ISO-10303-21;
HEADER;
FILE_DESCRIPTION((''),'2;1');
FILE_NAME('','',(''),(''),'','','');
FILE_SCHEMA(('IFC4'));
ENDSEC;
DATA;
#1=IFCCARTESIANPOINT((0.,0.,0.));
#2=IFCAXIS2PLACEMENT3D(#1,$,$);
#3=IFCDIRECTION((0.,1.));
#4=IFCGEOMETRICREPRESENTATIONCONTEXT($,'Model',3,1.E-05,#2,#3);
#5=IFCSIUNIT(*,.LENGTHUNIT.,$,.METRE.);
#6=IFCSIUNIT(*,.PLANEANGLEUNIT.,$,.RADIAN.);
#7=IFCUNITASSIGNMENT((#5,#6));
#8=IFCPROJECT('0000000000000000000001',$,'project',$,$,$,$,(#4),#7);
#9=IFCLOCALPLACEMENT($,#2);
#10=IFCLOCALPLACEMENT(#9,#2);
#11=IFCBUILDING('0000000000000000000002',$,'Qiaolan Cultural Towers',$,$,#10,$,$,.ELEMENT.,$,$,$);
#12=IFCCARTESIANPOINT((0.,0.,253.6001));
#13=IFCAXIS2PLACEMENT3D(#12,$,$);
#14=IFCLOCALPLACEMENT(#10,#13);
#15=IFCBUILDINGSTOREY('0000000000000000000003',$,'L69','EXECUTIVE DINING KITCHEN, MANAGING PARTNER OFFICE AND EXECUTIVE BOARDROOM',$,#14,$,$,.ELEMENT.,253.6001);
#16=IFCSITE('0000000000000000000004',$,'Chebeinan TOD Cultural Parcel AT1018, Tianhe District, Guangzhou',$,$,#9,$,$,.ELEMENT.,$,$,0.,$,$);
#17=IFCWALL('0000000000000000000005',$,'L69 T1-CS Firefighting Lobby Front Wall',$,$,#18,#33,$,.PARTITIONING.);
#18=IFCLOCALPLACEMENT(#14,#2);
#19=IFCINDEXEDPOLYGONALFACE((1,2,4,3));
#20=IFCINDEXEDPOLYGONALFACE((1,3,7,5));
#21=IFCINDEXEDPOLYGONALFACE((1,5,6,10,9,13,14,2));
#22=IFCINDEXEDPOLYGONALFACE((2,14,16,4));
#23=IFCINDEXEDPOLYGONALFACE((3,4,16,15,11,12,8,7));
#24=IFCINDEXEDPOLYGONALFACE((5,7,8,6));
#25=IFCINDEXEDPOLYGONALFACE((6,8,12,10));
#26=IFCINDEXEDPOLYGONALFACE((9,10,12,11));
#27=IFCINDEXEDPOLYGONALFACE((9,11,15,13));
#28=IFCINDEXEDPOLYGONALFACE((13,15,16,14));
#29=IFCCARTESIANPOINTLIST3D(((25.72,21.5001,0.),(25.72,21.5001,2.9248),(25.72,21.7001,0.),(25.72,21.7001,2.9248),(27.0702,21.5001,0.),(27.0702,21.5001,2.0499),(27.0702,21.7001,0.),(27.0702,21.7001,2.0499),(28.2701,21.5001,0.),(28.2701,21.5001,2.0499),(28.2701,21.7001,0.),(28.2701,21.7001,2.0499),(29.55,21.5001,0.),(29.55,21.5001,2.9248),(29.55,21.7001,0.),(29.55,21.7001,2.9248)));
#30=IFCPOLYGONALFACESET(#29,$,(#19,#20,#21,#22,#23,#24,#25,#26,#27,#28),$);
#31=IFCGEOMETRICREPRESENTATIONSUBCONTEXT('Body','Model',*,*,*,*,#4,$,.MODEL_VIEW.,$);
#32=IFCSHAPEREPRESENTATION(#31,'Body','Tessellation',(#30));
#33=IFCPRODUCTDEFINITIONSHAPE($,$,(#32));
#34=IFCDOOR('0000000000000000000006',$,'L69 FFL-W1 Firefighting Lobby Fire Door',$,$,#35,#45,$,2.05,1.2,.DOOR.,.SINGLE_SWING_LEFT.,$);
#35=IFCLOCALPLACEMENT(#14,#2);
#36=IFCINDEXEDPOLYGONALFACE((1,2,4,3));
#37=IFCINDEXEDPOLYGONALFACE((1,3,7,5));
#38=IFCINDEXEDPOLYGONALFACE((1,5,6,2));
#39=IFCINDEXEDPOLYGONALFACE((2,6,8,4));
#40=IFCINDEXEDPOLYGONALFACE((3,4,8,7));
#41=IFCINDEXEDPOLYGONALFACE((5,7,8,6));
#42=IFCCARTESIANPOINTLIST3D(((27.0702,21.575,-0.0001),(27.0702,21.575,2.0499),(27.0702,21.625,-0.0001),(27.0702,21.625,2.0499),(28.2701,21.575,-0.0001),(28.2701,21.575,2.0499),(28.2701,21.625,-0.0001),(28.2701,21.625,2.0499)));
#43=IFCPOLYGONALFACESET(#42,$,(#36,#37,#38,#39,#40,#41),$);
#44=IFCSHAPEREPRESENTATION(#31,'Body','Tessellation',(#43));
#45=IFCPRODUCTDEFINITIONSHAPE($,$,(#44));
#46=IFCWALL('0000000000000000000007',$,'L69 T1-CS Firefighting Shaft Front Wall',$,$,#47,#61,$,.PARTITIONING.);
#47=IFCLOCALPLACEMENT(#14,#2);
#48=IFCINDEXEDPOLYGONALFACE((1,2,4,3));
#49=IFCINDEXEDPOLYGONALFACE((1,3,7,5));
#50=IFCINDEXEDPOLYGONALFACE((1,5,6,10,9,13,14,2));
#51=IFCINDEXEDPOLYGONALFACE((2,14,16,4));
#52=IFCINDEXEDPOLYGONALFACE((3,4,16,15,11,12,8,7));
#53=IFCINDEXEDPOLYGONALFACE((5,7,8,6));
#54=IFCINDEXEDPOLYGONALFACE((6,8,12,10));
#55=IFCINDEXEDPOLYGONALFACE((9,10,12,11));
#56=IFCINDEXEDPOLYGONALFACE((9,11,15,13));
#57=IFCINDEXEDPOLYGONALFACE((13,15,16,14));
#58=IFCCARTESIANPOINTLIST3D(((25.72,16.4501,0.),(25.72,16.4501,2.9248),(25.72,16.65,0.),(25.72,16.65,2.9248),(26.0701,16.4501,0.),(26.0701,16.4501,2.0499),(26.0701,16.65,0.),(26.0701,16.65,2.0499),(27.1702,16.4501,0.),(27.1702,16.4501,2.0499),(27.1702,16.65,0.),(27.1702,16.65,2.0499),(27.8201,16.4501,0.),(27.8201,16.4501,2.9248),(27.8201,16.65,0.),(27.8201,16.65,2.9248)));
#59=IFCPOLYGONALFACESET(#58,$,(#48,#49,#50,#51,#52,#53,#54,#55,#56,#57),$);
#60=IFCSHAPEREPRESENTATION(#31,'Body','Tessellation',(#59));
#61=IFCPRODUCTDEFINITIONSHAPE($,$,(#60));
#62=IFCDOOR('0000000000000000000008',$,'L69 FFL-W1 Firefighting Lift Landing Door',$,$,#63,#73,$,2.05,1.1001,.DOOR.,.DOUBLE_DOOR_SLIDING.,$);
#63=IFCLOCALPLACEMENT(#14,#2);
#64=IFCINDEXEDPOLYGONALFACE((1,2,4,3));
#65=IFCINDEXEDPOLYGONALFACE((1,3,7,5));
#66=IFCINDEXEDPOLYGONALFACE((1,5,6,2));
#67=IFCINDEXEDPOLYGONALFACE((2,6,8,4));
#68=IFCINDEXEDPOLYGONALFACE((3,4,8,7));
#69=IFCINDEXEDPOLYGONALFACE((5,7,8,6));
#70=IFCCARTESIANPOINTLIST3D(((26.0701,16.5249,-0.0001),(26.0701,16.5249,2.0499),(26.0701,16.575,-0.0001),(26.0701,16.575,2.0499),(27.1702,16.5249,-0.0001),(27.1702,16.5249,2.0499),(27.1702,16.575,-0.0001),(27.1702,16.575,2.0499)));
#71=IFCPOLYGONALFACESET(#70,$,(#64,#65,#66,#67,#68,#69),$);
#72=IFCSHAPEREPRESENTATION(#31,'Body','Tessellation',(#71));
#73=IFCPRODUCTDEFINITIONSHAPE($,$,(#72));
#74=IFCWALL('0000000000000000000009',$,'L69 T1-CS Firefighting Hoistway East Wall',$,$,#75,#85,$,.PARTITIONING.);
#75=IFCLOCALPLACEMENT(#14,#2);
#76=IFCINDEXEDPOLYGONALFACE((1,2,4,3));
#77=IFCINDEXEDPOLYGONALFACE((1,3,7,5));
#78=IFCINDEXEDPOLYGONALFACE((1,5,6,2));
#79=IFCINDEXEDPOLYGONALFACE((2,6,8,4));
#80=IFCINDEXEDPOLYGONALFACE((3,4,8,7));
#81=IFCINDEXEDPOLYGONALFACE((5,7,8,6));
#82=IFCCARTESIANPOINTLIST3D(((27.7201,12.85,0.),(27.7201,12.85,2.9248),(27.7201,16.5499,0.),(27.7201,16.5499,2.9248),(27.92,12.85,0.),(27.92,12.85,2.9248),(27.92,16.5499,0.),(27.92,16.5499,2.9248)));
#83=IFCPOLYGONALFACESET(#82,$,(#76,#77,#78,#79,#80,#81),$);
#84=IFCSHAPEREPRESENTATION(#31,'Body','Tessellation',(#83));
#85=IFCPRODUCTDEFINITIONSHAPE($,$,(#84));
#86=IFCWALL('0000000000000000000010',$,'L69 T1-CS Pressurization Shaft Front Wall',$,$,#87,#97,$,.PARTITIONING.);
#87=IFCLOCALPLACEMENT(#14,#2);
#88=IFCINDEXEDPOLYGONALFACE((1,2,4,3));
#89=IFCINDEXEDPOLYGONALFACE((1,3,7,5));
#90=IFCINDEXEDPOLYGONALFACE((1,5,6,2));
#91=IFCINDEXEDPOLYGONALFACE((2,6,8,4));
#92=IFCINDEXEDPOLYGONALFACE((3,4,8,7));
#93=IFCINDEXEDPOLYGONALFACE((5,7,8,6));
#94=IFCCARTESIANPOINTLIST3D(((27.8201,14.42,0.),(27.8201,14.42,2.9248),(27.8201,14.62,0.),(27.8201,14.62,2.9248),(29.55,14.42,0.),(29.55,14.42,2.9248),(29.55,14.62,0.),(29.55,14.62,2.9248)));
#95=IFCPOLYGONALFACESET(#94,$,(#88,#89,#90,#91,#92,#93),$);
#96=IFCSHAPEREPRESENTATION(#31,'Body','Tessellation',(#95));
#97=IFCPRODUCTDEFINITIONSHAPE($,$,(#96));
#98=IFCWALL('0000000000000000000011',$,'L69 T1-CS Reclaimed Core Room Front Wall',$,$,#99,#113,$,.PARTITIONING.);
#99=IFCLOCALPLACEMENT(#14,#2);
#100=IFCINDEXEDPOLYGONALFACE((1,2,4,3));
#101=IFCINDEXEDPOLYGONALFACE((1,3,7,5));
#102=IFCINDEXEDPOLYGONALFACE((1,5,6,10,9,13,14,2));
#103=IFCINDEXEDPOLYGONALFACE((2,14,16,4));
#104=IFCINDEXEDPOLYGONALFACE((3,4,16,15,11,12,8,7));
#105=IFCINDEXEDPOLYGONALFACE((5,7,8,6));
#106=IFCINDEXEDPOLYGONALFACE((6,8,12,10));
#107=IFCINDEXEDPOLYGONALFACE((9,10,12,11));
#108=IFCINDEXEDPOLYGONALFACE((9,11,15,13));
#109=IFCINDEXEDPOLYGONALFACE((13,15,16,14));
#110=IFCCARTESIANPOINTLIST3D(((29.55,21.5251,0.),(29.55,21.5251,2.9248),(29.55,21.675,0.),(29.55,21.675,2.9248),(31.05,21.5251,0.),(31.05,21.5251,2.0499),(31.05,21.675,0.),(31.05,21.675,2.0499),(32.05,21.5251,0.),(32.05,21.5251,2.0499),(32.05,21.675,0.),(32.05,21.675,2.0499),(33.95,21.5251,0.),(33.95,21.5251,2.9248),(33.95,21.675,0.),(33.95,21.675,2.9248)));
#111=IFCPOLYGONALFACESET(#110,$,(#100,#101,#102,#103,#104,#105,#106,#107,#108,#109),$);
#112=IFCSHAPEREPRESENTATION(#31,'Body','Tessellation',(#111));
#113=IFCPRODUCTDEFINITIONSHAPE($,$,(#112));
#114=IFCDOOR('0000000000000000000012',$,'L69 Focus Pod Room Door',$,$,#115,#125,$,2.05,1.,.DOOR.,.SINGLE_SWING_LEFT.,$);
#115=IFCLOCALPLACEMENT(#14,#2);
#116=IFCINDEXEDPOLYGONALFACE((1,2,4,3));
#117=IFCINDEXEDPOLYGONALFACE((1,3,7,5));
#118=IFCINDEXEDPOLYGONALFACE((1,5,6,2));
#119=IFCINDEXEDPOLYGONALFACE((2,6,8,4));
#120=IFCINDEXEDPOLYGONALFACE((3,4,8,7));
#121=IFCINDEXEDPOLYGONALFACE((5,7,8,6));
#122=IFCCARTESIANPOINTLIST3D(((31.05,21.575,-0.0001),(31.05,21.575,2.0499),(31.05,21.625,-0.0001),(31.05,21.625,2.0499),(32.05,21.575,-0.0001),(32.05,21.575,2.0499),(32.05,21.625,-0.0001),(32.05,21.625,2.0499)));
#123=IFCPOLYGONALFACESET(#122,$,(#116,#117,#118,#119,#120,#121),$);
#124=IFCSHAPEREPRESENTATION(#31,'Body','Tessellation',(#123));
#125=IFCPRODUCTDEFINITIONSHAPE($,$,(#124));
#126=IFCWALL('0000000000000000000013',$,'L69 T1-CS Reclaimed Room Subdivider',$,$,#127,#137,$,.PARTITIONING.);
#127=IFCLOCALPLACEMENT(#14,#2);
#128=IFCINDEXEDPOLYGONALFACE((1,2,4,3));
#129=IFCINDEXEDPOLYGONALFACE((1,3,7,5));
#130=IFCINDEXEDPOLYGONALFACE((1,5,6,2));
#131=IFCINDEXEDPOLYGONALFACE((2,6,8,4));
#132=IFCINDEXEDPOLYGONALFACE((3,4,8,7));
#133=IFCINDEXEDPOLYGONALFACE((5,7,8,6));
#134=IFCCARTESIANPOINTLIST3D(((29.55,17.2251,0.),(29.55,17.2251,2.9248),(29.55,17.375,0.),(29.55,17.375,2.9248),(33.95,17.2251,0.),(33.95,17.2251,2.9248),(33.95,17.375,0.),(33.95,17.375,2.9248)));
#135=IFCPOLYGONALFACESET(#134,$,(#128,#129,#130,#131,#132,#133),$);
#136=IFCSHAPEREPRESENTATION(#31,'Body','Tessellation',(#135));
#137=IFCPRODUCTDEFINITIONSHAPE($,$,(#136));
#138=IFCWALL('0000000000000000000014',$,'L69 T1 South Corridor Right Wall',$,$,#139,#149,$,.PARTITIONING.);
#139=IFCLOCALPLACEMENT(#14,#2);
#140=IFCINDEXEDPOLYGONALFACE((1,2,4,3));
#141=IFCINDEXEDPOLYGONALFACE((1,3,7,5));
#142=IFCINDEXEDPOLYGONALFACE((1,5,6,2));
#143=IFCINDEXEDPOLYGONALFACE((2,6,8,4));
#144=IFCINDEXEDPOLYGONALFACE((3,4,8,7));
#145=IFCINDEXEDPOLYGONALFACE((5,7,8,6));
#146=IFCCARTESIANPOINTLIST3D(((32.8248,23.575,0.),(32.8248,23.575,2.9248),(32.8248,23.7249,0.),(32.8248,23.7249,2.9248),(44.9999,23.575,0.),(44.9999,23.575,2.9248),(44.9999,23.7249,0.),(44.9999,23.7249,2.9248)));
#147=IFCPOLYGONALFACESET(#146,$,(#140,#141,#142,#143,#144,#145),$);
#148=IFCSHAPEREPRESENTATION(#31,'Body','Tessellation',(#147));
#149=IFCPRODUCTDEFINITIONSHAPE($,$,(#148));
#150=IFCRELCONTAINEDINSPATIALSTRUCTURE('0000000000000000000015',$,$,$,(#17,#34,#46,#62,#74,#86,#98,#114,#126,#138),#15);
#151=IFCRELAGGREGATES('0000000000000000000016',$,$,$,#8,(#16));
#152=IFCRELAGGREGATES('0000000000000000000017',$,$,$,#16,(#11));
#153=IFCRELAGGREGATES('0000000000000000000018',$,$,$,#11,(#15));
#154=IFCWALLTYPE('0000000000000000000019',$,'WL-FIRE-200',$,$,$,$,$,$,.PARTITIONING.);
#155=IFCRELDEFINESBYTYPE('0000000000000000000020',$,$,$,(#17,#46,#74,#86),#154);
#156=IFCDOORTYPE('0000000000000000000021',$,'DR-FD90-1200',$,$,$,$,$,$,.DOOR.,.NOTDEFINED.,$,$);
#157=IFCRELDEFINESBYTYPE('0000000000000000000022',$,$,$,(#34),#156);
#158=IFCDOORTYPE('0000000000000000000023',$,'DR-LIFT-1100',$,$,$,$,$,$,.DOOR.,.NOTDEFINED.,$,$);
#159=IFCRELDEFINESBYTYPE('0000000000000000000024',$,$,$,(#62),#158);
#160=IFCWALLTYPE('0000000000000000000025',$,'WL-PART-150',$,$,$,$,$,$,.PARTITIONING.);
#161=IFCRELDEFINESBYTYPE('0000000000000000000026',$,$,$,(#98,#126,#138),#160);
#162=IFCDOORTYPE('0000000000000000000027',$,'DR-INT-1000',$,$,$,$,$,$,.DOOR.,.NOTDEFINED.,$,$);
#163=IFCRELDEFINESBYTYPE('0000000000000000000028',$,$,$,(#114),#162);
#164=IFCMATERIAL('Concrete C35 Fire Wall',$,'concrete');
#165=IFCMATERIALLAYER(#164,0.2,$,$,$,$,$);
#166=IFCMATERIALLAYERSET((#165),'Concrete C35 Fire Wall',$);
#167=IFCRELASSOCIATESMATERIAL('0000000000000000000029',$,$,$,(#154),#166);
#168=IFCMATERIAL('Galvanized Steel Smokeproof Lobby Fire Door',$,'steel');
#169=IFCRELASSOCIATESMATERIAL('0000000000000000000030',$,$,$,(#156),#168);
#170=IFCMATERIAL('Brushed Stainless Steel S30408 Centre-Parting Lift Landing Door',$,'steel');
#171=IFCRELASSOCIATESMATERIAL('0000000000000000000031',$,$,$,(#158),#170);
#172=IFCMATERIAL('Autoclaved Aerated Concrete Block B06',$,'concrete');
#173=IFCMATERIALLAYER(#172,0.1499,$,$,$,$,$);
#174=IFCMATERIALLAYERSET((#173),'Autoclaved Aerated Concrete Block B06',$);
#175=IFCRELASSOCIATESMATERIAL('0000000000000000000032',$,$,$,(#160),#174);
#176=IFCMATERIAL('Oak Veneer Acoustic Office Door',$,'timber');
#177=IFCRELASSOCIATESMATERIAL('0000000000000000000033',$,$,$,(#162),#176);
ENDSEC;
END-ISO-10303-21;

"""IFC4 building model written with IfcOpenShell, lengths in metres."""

from ifc_helpers import new_model, si_unit, direction, frame, frame_2d, origin, place, context, subcontext, project, spatial, rectangle, extrude, material, layer, layer_set, type_object, element, fill, save


model = new_model("IFC4")

# Units and contexts
model_context = context("Model", 3, precision=1e-05, world=origin(), true_north=direction((0.0, 1.0)))
body_context = subcontext(model_context, "Body", "Model", "MODEL_VIEW")
ifc_project = project(units=[si_unit("LENGTHUNIT", "METRE"), si_unit("PLANEANGLEUNIT", "RADIAN")], contexts=[model_context])

# Site, building, storey
site_placement = place(None, origin())
site = spatial("IfcSite", under=ifc_project, at=site_placement, Name="Chebeinan TOD Cultural Parcel AT1018, Tianhe District, Guangzhou", CompositionType="ELEMENT", RefElevation=0.0)
building_placement = place(site_placement, origin())
building = spatial("IfcBuilding", under=site, at=building_placement, Name="Qiaolan Cultural Towers", CompositionType="ELEMENT")
storey_placement = place(building_placement, frame((0.0, 0.0, 253.6001)))
storey = spatial("IfcBuildingStorey", under=building, at=storey_placement, Name="L69", Description="EXECUTIVE DINING KITCHEN, MANAGING PARTNER OFFICE AND EXECUTIVE BOARDROOM", CompositionType="ELEMENT", Elevation=253.6001)

# Shared definitions
ifc_material_1 = material(Name="Concrete C35 Fire Wall", Category="concrete")
ifc_layer_1 = layer(ifc_material_1, 0.2)
ifc_layer_set_1 = layer_set([ifc_layer_1], Name="Concrete C35 Fire Wall")
wall_type_1 = type_object("IfcWallType", Name="WL-FIRE-200", PredefinedType="PARTITIONING", material=ifc_layer_set_1)

# Walls, openings, doors
wall_1_placement = place(storey_placement, frame((25.72, 21.6001, 0.0), z_axis=(0.0, 0.0, 1.0), x_axis=(1.0, 0.0, 0.0)))
wall_1 = element("IfcWall", 1, at=wall_1_placement, inside=storey, type_object=wall_type_1, Name="L69 T1-CS Firefighting Lobby Front Wall", PredefinedType="PARTITIONING", context=body_context, shape_type="SweptSolid", body=[
    extrude(rectangle(XDim=3.8301, YDim=0.2, at=frame_2d((1.915, 0.0))), origin(), (0.0, 0.0, 1.0), 2.9248),
])
opening_1_placement = place(wall_1_placement, frame((1.3501, 0.0, 0.0)))
opening_1 = element("IfcOpeningElement", 2, at=opening_1_placement, cuts=wall_1, PredefinedType="OPENING", context=body_context, shape_type="SweptSolid", body=[
    extrude(rectangle(XDim=1.2, YDim=2.05, at=frame_2d((0.6001, 1.0249))), frame((0.0, 0.1099, 0.0), z_axis=(0.0, -1.0, 0.0), x_axis=(1.0, 0.0, 0.0)), (0.0, 0.0, 1.0), 0.22),
])
ifc_material_2 = material(Name="Galvanized Steel Smokeproof Lobby Fire Door", Category="steel")
door_type_1 = type_object("IfcDoorType", Name="DR-FD90-1200", OperationType="NOTDEFINED", PredefinedType="DOOR", material=ifc_material_2)
door_1_placement = place(opening_1_placement, origin())
door_1 = element("IfcDoor", 3, at=door_1_placement, inside=storey, type_object=door_type_1, Name="L69 FFL-W1 Firefighting Lobby Fire Door", OperationType="SINGLE_SWING_LEFT", OverallHeight=2.05, OverallWidth=1.2, PredefinedType="DOOR", context=body_context, shape_type="SweptSolid", body=[
    extrude(rectangle(XDim=1.2, YDim=2.05, at=frame_2d((0.6001, 1.0249))), frame((0.0, 0.0249, 0.0), z_axis=(0.0, -1.0, 0.0), x_axis=(1.0, 0.0, 0.0)), (0.0, 0.0, 1.0), 0.05),
])
fill(opening_1, door_1)
wall_2_placement = place(storey_placement, frame((25.72, 16.55, 0.0), z_axis=(0.0, 0.0, 1.0), x_axis=(1.0, 0.0, 0.0)))
wall_2 = element("IfcWall", 4, at=wall_2_placement, inside=storey, type_object=wall_type_1, Name="L69 T1-CS Firefighting Shaft Front Wall", PredefinedType="PARTITIONING", context=body_context, shape_type="SweptSolid", body=[
    extrude(rectangle(XDim=2.1001, YDim=0.2, at=frame_2d((1.05, 0.0))), origin(), (0.0, 0.0, 1.0), 2.9248),
])
opening_2_placement = place(wall_2_placement, frame((0.3501, 0.0, 0.0)))
opening_2 = element("IfcOpeningElement", 5, at=opening_2_placement, cuts=wall_2, PredefinedType="OPENING", context=body_context, shape_type="SweptSolid", body=[
    extrude(rectangle(XDim=1.1001, YDim=2.05, at=frame_2d((0.55, 1.0249))), frame((0.0, 0.1099, 0.0), z_axis=(0.0, -1.0, 0.0), x_axis=(1.0, 0.0, 0.0)), (0.0, 0.0, 1.0), 0.22),
])
ifc_material_3 = material(Name="Brushed Stainless Steel S30408 Centre-Parting Lift Landing Door", Category="steel")
door_type_2 = type_object("IfcDoorType", Name="DR-LIFT-1100", OperationType="NOTDEFINED", PredefinedType="DOOR", material=ifc_material_3)
door_2_placement = place(opening_2_placement, origin())
door_2 = element("IfcDoor", 6, at=door_2_placement, inside=storey, type_object=door_type_2, Name="L69 FFL-W1 Firefighting Lift Landing Door", OperationType="DOUBLE_DOOR_SLIDING", OverallHeight=2.05, OverallWidth=1.1001, PredefinedType="DOOR", context=body_context, shape_type="SweptSolid", body=[
    extrude(rectangle(XDim=1.1001, YDim=2.05, at=frame_2d((0.55, 1.0249))), frame((0.0, 0.0249, 0.0), z_axis=(0.0, -1.0, 0.0), x_axis=(1.0, 0.0, 0.0)), (0.0, 0.0, 1.0), 0.05),
])
fill(opening_2, door_2)

# Walls
wall_3_placement = place(storey_placement, frame((27.8201, 16.55, 0.0), z_axis=(0.0, 0.0, 1.0), x_axis=(0.0, -1.0, 0.0)))
element("IfcWall", 7, at=wall_3_placement, inside=storey, type_object=wall_type_1, Name="L69 T1-CS Firefighting Hoistway East Wall", PredefinedType="PARTITIONING", context=body_context, shape_type="SweptSolid", body=[
    extrude(rectangle(XDim=3.7, YDim=0.2, at=frame_2d((1.8501, 0.0))), origin(), (0.0, 0.0, 1.0), 2.9248),
])
wall_4_placement = place(storey_placement, frame((27.8201, 14.52, 0.0), z_axis=(0.0, 0.0, 1.0), x_axis=(1.0, 0.0, 0.0)))
element("IfcWall", 8, at=wall_4_placement, inside=storey, type_object=wall_type_1, Name="L69 T1-CS Pressurization Shaft Front Wall", PredefinedType="PARTITIONING", context=body_context, shape_type="SweptSolid", body=[
    extrude(rectangle(XDim=1.73, YDim=0.2, at=frame_2d((0.865, 0.0))), origin(), (0.0, 0.0, 1.0), 2.9248),
])

# Wall, opening, door
ifc_material_4 = material(Name="Autoclaved Aerated Concrete Block B06", Category="concrete")
ifc_layer_2 = layer(ifc_material_4, 0.1499)
ifc_layer_set_2 = layer_set([ifc_layer_2], Name="Autoclaved Aerated Concrete Block B06")
wall_type_2 = type_object("IfcWallType", Name="WL-PART-150", PredefinedType="PARTITIONING", material=ifc_layer_set_2)
wall_5_placement = place(storey_placement, frame((29.55, 21.6001, 0.0), z_axis=(0.0, 0.0, 1.0), x_axis=(1.0, 0.0, 0.0)))
wall_5 = element("IfcWall", 9, at=wall_5_placement, inside=storey, type_object=wall_type_2, Name="L69 T1-CS Reclaimed Core Room Front Wall", PredefinedType="PARTITIONING", context=body_context, shape_type="SweptSolid", body=[
    extrude(rectangle(XDim=4.3999, YDim=0.1499, at=frame_2d((2.2, 0.0))), origin(), (0.0, 0.0, 1.0), 2.9248),
])
opening_3_placement = place(wall_5_placement, frame((1.5, 0.0, 0.0)))
opening_3 = element("IfcOpeningElement", 10, at=opening_3_placement, cuts=wall_5, PredefinedType="OPENING", context=body_context, shape_type="SweptSolid", body=[
    extrude(rectangle(XDim=1.0, YDim=2.05, at=frame_2d((0.5, 1.0249))), frame((0.0, 0.085, 0.0), z_axis=(0.0, -1.0, 0.0), x_axis=(1.0, 0.0, 0.0)), (0.0, 0.0, 1.0), 0.1699),
])
ifc_material_5 = material(Name="Oak Veneer Acoustic Office Door", Category="timber")
door_type_3 = type_object("IfcDoorType", Name="DR-INT-1000", OperationType="NOTDEFINED", PredefinedType="DOOR", material=ifc_material_5)
door_3_placement = place(opening_3_placement, origin())
door_3 = element("IfcDoor", 11, at=door_3_placement, inside=storey, type_object=door_type_3, Name="L69 Focus Pod Room Door", OperationType="SINGLE_SWING_LEFT", OverallHeight=2.05, OverallWidth=1.0, PredefinedType="DOOR", context=body_context, shape_type="SweptSolid", body=[
    extrude(rectangle(XDim=1.0, YDim=2.05, at=frame_2d((0.5, 1.0249))), frame((0.0, 0.0249, 0.0), z_axis=(0.0, -1.0, 0.0), x_axis=(1.0, 0.0, 0.0)), (0.0, 0.0, 1.0), 0.05),
])
fill(opening_3, door_3)

# Walls
wall_6_placement = place(storey_placement, frame((29.55, 17.3, 0.0), z_axis=(0.0, 0.0, 1.0), x_axis=(1.0, 0.0, 0.0)))
element("IfcWall", 12, at=wall_6_placement, inside=storey, type_object=wall_type_2, Name="L69 T1-CS Reclaimed Room Subdivider", PredefinedType="PARTITIONING", context=body_context, shape_type="SweptSolid", body=[
    extrude(rectangle(XDim=4.3999, YDim=0.1499, at=frame_2d((2.2, 0.0))), origin(), (0.0, 0.0, 1.0), 2.9248),
])
wall_7_placement = place(storey_placement, frame((32.825, 23.6499, 0.0), z_axis=(0.0, 0.0, 1.0), x_axis=(1.0, 0.0, 0.0)))
element("IfcWall", 13, at=wall_7_placement, inside=storey, type_object=wall_type_2, Name="L69 T1 South Corridor Right Wall", PredefinedType="PARTITIONING", context=body_context, shape_type="SweptSolid", body=[
    extrude(rectangle(XDim=12.175, YDim=0.1499, at=frame_2d((6.0874, 0.0))), origin(), (0.0, 0.0, 1.0), 2.9248),
])

save(model, "model.ifc")
